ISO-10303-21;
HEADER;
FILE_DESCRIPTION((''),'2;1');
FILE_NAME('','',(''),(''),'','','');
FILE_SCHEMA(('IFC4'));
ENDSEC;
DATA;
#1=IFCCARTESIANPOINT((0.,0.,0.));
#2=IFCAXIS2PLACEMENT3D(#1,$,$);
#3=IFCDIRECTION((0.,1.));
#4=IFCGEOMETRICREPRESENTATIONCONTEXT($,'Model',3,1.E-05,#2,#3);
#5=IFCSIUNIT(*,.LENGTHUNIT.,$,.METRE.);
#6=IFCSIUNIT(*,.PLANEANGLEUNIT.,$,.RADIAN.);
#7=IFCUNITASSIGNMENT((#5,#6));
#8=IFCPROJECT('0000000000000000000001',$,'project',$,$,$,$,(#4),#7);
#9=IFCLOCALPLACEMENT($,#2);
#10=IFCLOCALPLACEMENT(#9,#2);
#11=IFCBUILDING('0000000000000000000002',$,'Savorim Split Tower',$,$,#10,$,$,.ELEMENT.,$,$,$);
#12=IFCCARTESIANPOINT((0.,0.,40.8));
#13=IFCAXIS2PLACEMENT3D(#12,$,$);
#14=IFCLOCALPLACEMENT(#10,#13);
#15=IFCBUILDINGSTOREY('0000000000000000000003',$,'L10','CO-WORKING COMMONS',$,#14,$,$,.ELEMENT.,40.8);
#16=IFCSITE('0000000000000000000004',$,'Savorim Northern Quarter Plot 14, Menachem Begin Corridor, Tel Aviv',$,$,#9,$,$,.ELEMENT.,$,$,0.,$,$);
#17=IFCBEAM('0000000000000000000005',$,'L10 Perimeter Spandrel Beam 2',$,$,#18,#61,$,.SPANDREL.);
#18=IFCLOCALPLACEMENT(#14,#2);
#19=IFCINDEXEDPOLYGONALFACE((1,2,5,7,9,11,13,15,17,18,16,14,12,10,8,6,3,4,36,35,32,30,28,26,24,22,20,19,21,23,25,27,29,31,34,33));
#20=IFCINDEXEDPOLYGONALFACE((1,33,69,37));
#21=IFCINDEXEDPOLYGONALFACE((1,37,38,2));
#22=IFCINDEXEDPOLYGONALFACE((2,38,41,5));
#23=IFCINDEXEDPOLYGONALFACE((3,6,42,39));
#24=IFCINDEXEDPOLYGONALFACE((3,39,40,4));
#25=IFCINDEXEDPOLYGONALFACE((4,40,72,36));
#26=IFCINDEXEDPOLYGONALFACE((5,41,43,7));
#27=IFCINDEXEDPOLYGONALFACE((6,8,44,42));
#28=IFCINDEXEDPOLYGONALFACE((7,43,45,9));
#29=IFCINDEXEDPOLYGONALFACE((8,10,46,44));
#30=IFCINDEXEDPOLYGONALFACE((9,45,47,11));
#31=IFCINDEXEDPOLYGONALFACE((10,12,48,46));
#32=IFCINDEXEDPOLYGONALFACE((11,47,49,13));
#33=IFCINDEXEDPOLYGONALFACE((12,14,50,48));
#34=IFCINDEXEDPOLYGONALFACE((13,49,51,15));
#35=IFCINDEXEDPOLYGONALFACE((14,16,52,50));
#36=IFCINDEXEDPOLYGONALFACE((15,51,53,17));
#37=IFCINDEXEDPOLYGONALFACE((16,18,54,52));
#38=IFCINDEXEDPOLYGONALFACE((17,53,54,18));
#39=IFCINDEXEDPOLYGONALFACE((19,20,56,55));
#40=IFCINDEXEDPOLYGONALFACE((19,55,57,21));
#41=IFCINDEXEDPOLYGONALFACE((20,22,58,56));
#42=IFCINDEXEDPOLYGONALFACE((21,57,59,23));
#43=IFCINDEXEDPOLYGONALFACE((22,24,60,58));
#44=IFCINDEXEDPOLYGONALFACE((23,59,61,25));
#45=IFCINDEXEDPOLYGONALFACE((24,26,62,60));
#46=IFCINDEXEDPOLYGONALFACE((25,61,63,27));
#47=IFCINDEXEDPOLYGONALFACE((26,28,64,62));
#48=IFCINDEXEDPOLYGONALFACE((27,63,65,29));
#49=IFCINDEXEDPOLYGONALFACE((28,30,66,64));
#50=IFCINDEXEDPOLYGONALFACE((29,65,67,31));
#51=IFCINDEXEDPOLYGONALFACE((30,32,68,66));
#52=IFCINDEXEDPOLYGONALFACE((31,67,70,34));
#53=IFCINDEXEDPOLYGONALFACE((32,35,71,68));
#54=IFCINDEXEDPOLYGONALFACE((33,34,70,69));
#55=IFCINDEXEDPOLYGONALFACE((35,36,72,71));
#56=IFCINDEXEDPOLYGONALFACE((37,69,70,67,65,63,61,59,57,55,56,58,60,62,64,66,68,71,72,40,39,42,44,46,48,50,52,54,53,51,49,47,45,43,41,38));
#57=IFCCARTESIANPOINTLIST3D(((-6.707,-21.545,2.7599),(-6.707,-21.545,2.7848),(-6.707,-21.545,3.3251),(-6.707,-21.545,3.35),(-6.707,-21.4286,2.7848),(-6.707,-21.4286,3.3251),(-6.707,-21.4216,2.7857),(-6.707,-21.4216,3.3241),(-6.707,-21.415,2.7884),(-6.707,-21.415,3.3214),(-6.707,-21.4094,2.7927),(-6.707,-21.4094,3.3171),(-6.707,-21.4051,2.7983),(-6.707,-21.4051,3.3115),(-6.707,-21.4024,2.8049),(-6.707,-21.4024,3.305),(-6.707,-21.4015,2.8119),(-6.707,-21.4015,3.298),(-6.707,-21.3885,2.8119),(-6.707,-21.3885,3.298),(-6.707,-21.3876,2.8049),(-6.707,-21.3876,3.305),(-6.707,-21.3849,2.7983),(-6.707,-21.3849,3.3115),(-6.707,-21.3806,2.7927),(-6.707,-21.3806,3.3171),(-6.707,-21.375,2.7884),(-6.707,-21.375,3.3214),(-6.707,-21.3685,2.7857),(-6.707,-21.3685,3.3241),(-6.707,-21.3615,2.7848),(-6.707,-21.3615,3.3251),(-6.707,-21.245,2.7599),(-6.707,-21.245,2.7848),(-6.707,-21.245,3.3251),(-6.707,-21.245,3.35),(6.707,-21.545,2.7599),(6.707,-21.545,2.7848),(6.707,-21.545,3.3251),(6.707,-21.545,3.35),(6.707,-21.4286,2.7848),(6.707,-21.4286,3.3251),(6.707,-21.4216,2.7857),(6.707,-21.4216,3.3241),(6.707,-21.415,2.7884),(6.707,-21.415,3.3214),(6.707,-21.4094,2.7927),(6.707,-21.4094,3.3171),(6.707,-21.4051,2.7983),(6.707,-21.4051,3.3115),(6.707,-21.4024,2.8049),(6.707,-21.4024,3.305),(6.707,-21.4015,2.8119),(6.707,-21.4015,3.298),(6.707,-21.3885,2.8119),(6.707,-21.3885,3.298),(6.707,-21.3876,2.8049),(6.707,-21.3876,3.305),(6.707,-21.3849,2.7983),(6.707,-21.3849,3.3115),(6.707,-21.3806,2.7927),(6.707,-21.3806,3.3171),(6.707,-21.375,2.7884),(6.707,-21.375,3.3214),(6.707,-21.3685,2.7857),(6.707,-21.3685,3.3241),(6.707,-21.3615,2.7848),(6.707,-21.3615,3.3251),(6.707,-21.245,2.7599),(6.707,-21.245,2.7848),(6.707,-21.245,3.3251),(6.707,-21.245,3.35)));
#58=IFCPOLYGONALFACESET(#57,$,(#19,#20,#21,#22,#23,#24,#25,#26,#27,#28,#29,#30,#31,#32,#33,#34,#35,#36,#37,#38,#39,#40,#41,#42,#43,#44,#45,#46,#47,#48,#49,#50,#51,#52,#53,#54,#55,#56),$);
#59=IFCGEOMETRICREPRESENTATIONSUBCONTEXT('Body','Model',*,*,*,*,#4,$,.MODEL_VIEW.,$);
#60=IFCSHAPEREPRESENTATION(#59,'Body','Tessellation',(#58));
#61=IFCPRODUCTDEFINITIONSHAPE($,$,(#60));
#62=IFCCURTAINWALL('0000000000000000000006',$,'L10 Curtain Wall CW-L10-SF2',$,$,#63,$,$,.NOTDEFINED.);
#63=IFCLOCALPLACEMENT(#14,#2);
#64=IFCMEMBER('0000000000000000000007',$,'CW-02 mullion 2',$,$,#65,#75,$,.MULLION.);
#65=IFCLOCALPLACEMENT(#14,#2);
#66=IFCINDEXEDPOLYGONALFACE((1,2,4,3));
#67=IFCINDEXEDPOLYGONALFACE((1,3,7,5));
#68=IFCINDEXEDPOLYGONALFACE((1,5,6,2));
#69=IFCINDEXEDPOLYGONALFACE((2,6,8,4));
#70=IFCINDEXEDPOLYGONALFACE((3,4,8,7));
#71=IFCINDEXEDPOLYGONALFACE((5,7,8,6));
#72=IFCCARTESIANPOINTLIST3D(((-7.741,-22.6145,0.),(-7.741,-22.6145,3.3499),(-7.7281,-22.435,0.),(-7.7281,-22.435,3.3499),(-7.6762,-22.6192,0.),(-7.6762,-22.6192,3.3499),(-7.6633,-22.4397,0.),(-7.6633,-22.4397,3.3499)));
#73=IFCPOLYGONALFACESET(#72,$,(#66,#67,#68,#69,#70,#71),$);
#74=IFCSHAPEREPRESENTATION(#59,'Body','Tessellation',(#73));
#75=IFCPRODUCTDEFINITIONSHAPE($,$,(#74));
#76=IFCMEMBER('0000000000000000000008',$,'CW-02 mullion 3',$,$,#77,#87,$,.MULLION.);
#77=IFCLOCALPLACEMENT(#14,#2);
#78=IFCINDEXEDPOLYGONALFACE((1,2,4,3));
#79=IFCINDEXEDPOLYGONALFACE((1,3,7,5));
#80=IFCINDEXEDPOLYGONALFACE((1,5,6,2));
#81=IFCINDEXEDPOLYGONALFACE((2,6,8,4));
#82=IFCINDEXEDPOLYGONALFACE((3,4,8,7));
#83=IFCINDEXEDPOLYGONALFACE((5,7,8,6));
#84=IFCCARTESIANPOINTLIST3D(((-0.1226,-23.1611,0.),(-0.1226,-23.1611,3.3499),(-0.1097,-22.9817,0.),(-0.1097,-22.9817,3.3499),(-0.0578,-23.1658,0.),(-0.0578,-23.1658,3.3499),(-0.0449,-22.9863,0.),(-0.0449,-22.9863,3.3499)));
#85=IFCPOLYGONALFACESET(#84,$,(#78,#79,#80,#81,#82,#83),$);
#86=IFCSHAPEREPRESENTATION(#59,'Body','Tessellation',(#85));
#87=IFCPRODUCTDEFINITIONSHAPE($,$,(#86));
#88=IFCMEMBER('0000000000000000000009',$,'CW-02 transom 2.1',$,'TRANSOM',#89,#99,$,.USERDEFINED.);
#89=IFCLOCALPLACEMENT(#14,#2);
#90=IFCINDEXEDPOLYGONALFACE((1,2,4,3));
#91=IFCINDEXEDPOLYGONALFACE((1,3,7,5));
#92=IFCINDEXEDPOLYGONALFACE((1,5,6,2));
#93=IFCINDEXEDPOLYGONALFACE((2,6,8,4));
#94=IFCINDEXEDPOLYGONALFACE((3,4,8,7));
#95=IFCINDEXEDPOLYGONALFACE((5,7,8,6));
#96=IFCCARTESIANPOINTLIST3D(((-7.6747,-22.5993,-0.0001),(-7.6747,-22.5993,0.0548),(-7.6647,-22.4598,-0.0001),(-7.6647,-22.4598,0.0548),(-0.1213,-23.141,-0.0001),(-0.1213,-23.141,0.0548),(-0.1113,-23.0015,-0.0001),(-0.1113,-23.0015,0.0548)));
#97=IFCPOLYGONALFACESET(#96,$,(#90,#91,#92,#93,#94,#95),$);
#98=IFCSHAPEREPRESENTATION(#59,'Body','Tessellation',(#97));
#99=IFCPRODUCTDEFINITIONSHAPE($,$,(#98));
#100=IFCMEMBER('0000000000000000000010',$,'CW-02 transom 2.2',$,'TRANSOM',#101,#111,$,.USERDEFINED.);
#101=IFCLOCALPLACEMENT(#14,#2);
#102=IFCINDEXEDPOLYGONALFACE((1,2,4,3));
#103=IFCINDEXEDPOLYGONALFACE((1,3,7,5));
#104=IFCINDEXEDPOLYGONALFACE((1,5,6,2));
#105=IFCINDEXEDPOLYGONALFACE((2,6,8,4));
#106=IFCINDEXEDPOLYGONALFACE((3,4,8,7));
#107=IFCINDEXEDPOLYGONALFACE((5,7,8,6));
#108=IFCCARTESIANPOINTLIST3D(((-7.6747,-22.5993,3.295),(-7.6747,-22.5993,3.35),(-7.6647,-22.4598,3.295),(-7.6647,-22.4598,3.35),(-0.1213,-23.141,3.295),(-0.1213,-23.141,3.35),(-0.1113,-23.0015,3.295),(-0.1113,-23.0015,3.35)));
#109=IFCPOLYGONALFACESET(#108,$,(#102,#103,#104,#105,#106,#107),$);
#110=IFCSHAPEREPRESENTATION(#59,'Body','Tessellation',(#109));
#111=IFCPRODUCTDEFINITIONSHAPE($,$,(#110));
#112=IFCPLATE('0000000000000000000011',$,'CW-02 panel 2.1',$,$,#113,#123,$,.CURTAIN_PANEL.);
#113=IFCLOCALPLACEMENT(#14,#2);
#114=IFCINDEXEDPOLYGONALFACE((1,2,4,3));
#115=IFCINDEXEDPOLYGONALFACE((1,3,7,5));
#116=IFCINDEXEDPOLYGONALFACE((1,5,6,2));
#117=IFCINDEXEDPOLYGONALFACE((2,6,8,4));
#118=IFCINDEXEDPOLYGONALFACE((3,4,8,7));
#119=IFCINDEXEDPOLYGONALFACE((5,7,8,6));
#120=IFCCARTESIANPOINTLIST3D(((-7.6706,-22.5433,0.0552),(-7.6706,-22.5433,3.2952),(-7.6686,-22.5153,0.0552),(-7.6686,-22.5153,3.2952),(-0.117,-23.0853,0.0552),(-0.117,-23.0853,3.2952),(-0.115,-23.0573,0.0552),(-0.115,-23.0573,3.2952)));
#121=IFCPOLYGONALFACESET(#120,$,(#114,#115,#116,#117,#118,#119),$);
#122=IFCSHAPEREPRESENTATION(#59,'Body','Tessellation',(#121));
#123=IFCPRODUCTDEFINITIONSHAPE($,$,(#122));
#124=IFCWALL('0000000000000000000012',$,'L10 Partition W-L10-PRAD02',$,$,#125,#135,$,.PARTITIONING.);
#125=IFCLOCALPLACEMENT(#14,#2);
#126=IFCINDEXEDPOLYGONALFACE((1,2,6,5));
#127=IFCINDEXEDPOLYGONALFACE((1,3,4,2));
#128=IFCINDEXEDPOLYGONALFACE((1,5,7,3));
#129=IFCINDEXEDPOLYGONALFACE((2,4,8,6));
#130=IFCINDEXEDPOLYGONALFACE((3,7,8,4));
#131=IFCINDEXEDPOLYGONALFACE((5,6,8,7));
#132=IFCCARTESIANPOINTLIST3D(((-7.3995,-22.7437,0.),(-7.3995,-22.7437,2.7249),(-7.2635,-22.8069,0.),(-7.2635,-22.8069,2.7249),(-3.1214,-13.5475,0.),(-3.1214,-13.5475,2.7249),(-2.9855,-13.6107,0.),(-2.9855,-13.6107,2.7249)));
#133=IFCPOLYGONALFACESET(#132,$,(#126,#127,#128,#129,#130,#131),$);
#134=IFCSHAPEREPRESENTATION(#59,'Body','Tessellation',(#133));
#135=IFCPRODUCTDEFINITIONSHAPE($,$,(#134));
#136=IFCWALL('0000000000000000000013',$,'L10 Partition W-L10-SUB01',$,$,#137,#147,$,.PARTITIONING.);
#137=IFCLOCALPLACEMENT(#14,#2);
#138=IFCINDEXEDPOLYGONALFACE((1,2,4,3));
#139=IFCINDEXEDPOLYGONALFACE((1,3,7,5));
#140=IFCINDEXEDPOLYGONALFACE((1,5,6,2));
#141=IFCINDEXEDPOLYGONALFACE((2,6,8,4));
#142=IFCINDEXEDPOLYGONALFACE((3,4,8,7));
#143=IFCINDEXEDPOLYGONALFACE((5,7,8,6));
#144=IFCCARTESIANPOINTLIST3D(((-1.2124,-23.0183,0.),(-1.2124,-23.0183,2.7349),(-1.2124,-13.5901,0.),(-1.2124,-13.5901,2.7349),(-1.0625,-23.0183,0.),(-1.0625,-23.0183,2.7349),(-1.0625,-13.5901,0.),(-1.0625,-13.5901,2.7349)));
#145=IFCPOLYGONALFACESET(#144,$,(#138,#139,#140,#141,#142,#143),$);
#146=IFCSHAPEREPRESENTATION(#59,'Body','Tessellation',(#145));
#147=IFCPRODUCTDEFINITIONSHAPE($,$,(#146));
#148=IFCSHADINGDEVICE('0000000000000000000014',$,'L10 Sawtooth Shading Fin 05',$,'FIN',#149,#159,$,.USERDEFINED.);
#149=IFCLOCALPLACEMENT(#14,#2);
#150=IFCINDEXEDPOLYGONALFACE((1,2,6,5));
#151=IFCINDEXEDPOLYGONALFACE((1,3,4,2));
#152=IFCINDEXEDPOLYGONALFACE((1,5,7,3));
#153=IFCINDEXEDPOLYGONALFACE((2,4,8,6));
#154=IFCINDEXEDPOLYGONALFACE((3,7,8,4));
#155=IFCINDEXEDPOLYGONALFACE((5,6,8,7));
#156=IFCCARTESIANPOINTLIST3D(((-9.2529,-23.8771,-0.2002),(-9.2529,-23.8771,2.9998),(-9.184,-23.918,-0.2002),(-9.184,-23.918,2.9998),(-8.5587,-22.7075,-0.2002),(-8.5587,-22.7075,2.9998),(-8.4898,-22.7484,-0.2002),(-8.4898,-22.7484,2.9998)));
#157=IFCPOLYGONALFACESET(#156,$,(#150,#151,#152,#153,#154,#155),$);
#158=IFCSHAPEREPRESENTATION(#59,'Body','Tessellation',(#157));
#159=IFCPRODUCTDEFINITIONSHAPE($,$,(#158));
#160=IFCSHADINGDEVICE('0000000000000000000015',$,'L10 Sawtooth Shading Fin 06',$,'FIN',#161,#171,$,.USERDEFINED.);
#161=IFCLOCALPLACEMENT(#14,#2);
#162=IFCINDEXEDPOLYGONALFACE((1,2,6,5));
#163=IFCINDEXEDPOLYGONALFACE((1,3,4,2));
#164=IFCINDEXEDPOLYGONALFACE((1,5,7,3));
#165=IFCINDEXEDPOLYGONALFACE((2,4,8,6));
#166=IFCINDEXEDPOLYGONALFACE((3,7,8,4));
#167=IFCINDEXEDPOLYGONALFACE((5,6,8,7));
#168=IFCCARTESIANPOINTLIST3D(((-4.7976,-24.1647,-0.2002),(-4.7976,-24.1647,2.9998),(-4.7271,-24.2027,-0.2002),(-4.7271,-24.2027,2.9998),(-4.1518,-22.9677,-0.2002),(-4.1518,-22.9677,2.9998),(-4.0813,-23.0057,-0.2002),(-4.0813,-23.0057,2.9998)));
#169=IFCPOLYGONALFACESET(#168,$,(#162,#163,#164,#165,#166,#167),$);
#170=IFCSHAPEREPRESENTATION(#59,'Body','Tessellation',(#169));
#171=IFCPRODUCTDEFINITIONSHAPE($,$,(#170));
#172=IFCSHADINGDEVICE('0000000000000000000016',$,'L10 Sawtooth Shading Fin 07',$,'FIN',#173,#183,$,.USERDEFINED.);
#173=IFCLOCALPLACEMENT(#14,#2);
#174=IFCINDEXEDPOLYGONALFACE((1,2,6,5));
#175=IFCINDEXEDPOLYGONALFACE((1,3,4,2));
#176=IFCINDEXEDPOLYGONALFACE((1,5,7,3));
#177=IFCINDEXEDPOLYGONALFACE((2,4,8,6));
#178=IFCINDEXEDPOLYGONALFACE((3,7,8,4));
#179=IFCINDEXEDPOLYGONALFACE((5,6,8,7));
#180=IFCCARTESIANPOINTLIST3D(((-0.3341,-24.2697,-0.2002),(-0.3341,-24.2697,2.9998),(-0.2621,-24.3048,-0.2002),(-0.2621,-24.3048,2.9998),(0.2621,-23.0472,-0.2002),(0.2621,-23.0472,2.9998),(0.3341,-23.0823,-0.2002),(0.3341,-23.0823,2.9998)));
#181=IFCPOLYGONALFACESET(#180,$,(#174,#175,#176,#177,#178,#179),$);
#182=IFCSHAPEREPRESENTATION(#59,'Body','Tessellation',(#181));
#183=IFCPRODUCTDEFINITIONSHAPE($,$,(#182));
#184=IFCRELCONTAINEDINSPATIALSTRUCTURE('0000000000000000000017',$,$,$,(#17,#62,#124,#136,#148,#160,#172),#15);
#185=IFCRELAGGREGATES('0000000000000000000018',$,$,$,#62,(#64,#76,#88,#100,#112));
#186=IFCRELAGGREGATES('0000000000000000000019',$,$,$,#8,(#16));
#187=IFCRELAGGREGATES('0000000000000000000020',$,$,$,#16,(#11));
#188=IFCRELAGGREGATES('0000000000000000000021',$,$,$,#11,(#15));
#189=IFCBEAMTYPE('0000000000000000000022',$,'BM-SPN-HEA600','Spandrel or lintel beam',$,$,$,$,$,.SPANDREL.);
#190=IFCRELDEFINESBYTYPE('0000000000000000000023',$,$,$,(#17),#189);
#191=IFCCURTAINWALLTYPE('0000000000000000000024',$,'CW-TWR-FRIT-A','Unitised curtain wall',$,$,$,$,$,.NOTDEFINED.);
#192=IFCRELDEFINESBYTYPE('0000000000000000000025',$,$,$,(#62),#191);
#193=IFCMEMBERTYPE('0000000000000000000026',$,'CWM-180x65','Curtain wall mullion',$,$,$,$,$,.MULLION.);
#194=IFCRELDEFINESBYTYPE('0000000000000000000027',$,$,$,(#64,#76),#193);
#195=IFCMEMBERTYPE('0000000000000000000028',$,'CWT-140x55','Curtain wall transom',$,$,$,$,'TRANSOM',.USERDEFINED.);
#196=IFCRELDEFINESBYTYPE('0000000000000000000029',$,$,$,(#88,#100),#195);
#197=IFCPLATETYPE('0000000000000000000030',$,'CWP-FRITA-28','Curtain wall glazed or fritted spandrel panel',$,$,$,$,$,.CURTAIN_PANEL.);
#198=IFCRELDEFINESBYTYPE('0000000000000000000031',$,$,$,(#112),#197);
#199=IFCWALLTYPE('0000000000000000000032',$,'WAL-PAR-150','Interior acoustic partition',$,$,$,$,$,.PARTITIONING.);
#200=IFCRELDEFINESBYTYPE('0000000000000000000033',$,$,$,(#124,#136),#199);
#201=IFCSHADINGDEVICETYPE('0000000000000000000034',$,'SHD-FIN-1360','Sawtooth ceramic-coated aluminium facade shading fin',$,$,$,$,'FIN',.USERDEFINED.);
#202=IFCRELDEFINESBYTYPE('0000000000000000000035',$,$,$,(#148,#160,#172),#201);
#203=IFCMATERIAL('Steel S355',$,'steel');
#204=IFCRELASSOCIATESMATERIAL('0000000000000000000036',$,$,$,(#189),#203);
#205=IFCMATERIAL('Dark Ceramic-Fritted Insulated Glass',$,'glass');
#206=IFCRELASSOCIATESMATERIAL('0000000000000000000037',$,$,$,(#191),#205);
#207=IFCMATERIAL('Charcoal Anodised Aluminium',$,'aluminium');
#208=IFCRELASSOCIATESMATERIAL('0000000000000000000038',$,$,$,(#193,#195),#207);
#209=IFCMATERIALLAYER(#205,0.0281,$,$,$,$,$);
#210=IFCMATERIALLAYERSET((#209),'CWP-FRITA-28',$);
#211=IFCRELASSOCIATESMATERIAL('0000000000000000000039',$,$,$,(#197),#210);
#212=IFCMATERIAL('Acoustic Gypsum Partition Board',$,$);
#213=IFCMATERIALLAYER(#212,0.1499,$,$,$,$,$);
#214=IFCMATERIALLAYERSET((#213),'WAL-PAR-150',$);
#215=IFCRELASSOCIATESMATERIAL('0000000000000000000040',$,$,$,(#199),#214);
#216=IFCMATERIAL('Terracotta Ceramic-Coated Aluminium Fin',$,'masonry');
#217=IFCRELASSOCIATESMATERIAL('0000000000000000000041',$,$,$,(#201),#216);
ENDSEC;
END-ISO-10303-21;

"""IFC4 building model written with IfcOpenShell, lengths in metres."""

from ifc_helpers import new_model, si_unit, direction, frame, frame_2d, origin, origin_2d, place, context, subcontext, project, spatial, rectangle, i_section, extrude, material, layer, layer_set, material_profile, profile_set, type_object, element, aggregate, save


model = new_model("IFC4")

# Units and contexts
model_context = context("Model", 3, precision=1e-05, world=origin(), true_north=direction((0.0, 1.0)))
body_context = subcontext(model_context, "Body", "Model", "MODEL_VIEW")
ifc_project = project(units=[si_unit("LENGTHUNIT", "METRE"), si_unit("PLANEANGLEUNIT", "RADIAN")], contexts=[model_context])

# Site, building, storey
site_placement = place(None, origin())
site = spatial("IfcSite", under=ifc_project, at=site_placement, Name="Savorim Northern Quarter Plot 14, Menachem Begin Corridor, Tel Aviv", CompositionType="ELEMENT", RefElevation=0.0)
building_placement = place(site_placement, origin())
building = spatial("IfcBuilding", under=site, at=building_placement, Name="Savorim Split Tower", CompositionType="ELEMENT")
storey_placement = place(building_placement, frame((0.0, 0.0, 40.8)))
storey = spatial("IfcBuildingStorey", under=building, at=storey_placement, Name="L10", Description="CO-WORKING COMMONS", CompositionType="ELEMENT", Elevation=40.8)

# Beam
ifc_material_1 = material(Name="Steel S355", Category="steel")
ifc_material_profile_1 = material_profile(ifc_material_1, i_section(OverallWidth=0.3, OverallDepth=0.5901, WebThickness=0.0129, FlangeThickness=0.0249, FilletRadius=0.0271, at=origin_2d()), Name="HEA 600")
ifc_profile_set_1 = profile_set([ifc_material_profile_1], Name="Steel S355")
beam_type_1 = type_object("IfcBeamType", Name="BM-SPN-HEA600", Description="Spandrel or lintel beam", PredefinedType="SPANDREL", material=ifc_profile_set_1)
beam_1_placement = place(storey_placement, frame((-6.707, -21.395, 3.0549), z_axis=(1.0, 0.0, 0.0), x_axis=(0.0, 1.0, 0.0)))
element("IfcBeam", 1, at=beam_1_placement, inside=storey, type_object=beam_type_1, Name="L10 Perimeter Spandrel Beam 2", PredefinedType="SPANDREL", context=body_context, shape_type="SweptSolid", body=[
    extrude(i_section(OverallWidth=0.3, OverallDepth=0.5901, WebThickness=0.0129, FlangeThickness=0.0249, FilletRadius=0.0271, at=origin_2d()), origin(), (0.0, 0.0, 1.0), 13.4141),
])

# Curtain wall, members, plate
ifc_material_2 = material(Name="Dark Ceramic-Fritted Insulated Glass", Category="glass")
curtain_wall_type = type_object("IfcCurtainWallType", Name="CW-TWR-FRIT-A", Description="Unitised curtain wall", PredefinedType="NOTDEFINED", material=ifc_material_2)
curtain_wall_placement = place(storey_placement, origin())
curtain_wall = element("IfcCurtainWall", 2, at=curtain_wall_placement, inside=storey, type_object=curtain_wall_type, Name="L10 Curtain Wall CW-L10-SF2", PredefinedType="NOTDEFINED")
ifc_material_3 = material(Name="Charcoal Anodised Aluminium", Category="aluminium")
ifc_material_profile_2 = material_profile(ifc_material_3, rectangle(XDim=0.1799, YDim=0.0649, at=origin_2d()), Name="ALU-M 180x65")
ifc_profile_set_2 = profile_set([ifc_material_profile_2], Name="Charcoal Anodised Aluminium")
member_type_1 = type_object("IfcMemberType", Name="CWM-180x65", Description="Curtain wall mullion", PredefinedType="MULLION", material=ifc_profile_set_2)
member_1_placement = place(storey_placement, frame((-7.7021, -22.5271, 0.0), z_axis=(0.0, 0.0, 1.0), x_axis=(0.07156, 0.997436, 0.0)))
member_1 = element("IfcMember", 3, at=member_1_placement, type_object=member_type_1, Name="CW-02 mullion 2", PredefinedType="MULLION", context=body_context, shape_type="SweptSolid", body=[
    extrude(rectangle(XDim=0.1799, YDim=0.0649, at=origin_2d()), origin(), (0.0, 0.0, 1.0), 3.3499),
])
member_2_placement = place(storey_placement, frame((-0.0837, -23.0737, 0.0), z_axis=(0.0, 0.0, 1.0), x_axis=(0.07156, 0.997436, 0.0)))
member_2 = element("IfcMember", 4, at=member_2_placement, type_object=member_type_1, Name="CW-02 mullion 3", PredefinedType="MULLION", context=body_context, shape_type="SweptSolid", body=[
    extrude(rectangle(XDim=0.1799, YDim=0.0649, at=origin_2d()), origin(), (0.0, 0.0, 1.0), 3.3499),
])
ifc_material_profile_3 = material_profile(ifc_material_3, rectangle(XDim=0.1399, YDim=0.0549, at=origin_2d()), Name="ALU-T 140x55")
ifc_profile_set_3 = profile_set([ifc_material_profile_3], Name="Charcoal Anodised Aluminium")
member_type_2 = type_object("IfcMemberType", Name="CWT-140x55", Description="Curtain wall transom", ElementType="TRANSOM", PredefinedType="USERDEFINED", material=ifc_profile_set_3)
member_3_placement = place(storey_placement, frame((-7.6697, -22.5295, 0.0273), z_axis=(0.997438, -0.071538, 0.0), x_axis=(0.071538, 0.997438, 0.0)))
member_3 = element("IfcMember", 5, at=member_3_placement, type_object=member_type_2, Name="CW-02 transom 2.1", ObjectType="TRANSOM", PredefinedType="USERDEFINED", context=body_context, shape_type="SweptSolid", body=[
    extrude(rectangle(XDim=0.1399, YDim=0.0549, at=origin_2d()), origin(), (0.0, 0.0, 1.0), 7.5728),
])
member_4_placement = place(storey_placement, frame((-7.6697, -22.5295, 3.3225), z_axis=(0.997438, -0.071538, 0.0), x_axis=(0.071538, 0.997438, 0.0)))
member_4 = element("IfcMember", 6, at=member_4_placement, type_object=member_type_2, Name="CW-02 transom 2.2", ObjectType="TRANSOM", PredefinedType="USERDEFINED", context=body_context, shape_type="SweptSolid", body=[
    extrude(rectangle(XDim=0.1399, YDim=0.0549, at=origin_2d()), origin(), (0.0, 0.0, 1.0), 7.5728),
])
ifc_layer_1 = layer(ifc_material_2, 0.0281)
ifc_layer_set_1 = layer_set([ifc_layer_1], Name="CWP-FRITA-28")
plate_type = type_object("IfcPlateType", Name="CWP-FRITA-28", Description="Curtain wall glazed or fritted spandrel panel", PredefinedType="CURTAIN_PANEL", material=ifc_layer_set_1)
plate_placement = place(storey_placement, frame((-3.8928, -22.8003, 0.0552), z_axis=(0.0, 0.0, 1.0), x_axis=(0.997436, -0.07156, 0.0)))
plate = element("IfcPlate", 7, at=plate_placement, type_object=plate_type, Name="CW-02 panel 2.1", PredefinedType="CURTAIN_PANEL", context=body_context, shape_type="SweptSolid", body=[
    extrude(rectangle(XDim=7.573, YDim=0.0281, at=origin_2d()), origin(), (0.0, 0.0, 1.0), 3.24),
])
aggregate(curtain_wall, [member_1, member_2, member_3, member_4, plate])

# Walls
ifc_material_4 = material(Name="Acoustic Gypsum Partition Board")
ifc_layer_2 = layer(ifc_material_4, 0.1499)
ifc_layer_set_2 = layer_set([ifc_layer_2], Name="WAL-PAR-150")
wall_type = type_object("IfcWallType", Name="WAL-PAR-150", Description="Interior acoustic partition", PredefinedType="PARTITIONING", material=ifc_layer_set_2)
wall_1_placement = place(storey_placement, frame((-3.0535, -13.5791, 0.0), z_axis=(0.0, 0.0, 1.0), x_axis=(-0.42179, -0.906693, 0.0)))
element("IfcWall", 8, at=wall_1_placement, inside=storey, type_object=wall_type, Name="L10 Partition W-L10-PRAD02", PredefinedType="PARTITIONING", context=body_context, shape_type="SweptSolid", body=[
    extrude(rectangle(XDim=10.1426, YDim=0.1499, at=frame_2d((5.0713, 0.0))), origin(), (0.0, 0.0, 1.0), 2.7249),
])
wall_2_placement = place(storey_placement, frame((-1.1375, -13.5901, 0.0), z_axis=(0.0, 0.0, 1.0), x_axis=(0.0, -1.0, 0.0)))
element("IfcWall", 9, at=wall_2_placement, inside=storey, type_object=wall_type, Name="L10 Partition W-L10-SUB01", PredefinedType="PARTITIONING", context=body_context, shape_type="SweptSolid", body=[
    extrude(rectangle(XDim=9.4282, YDim=0.1499, at=frame_2d((4.7141, 0.0))), origin(), (0.0, 0.0, 1.0), 2.7349),
])

# Shading devices
ifc_material_5 = material(Name="Terracotta Ceramic-Coated Aluminium Fin", Category="masonry")
shading_device_type = type_object("IfcShadingDeviceType", Name="SHD-FIN-1360", Description="Sawtooth ceramic-coated aluminium facade shading fin", ElementType="FIN", PredefinedType="USERDEFINED", material=ifc_material_5)
for number, where, z_axis, x_axis, name in (
    (10, (-8.8713, -23.3127, -0.2002), (0.0, 0.0, 1.0), (-0.510391, -0.859942, 0.0), "L10 Sawtooth Shading Fin 05"),
    (11, (-4.4395, -23.5852, -0.2002), (0.0, 0.0, 1.0), (-0.474778, -0.880106, 0.0), "L10 Sawtooth Shading Fin 06"),
    (12, (0.0, -23.676, -0.2002), (0.0, 0.0, 1.0), (-0.438371, -0.898794, 0.0), "L10 Sawtooth Shading Fin 07"),
):
    element("IfcShadingDevice", number, at=place(storey_placement, frame(where, z_axis=z_axis, x_axis=x_axis)), inside=storey, type_object=shading_device_type, Name=name, ObjectType="FIN", PredefinedType="USERDEFINED", context=body_context, shape_type="SweptSolid", body=[
        extrude(rectangle(XDim=1.3601, YDim=0.0801, at=origin_2d()), origin(), (0.0, 0.0, 1.0), 3.2),
    ])

save(model, "model.ifc")
